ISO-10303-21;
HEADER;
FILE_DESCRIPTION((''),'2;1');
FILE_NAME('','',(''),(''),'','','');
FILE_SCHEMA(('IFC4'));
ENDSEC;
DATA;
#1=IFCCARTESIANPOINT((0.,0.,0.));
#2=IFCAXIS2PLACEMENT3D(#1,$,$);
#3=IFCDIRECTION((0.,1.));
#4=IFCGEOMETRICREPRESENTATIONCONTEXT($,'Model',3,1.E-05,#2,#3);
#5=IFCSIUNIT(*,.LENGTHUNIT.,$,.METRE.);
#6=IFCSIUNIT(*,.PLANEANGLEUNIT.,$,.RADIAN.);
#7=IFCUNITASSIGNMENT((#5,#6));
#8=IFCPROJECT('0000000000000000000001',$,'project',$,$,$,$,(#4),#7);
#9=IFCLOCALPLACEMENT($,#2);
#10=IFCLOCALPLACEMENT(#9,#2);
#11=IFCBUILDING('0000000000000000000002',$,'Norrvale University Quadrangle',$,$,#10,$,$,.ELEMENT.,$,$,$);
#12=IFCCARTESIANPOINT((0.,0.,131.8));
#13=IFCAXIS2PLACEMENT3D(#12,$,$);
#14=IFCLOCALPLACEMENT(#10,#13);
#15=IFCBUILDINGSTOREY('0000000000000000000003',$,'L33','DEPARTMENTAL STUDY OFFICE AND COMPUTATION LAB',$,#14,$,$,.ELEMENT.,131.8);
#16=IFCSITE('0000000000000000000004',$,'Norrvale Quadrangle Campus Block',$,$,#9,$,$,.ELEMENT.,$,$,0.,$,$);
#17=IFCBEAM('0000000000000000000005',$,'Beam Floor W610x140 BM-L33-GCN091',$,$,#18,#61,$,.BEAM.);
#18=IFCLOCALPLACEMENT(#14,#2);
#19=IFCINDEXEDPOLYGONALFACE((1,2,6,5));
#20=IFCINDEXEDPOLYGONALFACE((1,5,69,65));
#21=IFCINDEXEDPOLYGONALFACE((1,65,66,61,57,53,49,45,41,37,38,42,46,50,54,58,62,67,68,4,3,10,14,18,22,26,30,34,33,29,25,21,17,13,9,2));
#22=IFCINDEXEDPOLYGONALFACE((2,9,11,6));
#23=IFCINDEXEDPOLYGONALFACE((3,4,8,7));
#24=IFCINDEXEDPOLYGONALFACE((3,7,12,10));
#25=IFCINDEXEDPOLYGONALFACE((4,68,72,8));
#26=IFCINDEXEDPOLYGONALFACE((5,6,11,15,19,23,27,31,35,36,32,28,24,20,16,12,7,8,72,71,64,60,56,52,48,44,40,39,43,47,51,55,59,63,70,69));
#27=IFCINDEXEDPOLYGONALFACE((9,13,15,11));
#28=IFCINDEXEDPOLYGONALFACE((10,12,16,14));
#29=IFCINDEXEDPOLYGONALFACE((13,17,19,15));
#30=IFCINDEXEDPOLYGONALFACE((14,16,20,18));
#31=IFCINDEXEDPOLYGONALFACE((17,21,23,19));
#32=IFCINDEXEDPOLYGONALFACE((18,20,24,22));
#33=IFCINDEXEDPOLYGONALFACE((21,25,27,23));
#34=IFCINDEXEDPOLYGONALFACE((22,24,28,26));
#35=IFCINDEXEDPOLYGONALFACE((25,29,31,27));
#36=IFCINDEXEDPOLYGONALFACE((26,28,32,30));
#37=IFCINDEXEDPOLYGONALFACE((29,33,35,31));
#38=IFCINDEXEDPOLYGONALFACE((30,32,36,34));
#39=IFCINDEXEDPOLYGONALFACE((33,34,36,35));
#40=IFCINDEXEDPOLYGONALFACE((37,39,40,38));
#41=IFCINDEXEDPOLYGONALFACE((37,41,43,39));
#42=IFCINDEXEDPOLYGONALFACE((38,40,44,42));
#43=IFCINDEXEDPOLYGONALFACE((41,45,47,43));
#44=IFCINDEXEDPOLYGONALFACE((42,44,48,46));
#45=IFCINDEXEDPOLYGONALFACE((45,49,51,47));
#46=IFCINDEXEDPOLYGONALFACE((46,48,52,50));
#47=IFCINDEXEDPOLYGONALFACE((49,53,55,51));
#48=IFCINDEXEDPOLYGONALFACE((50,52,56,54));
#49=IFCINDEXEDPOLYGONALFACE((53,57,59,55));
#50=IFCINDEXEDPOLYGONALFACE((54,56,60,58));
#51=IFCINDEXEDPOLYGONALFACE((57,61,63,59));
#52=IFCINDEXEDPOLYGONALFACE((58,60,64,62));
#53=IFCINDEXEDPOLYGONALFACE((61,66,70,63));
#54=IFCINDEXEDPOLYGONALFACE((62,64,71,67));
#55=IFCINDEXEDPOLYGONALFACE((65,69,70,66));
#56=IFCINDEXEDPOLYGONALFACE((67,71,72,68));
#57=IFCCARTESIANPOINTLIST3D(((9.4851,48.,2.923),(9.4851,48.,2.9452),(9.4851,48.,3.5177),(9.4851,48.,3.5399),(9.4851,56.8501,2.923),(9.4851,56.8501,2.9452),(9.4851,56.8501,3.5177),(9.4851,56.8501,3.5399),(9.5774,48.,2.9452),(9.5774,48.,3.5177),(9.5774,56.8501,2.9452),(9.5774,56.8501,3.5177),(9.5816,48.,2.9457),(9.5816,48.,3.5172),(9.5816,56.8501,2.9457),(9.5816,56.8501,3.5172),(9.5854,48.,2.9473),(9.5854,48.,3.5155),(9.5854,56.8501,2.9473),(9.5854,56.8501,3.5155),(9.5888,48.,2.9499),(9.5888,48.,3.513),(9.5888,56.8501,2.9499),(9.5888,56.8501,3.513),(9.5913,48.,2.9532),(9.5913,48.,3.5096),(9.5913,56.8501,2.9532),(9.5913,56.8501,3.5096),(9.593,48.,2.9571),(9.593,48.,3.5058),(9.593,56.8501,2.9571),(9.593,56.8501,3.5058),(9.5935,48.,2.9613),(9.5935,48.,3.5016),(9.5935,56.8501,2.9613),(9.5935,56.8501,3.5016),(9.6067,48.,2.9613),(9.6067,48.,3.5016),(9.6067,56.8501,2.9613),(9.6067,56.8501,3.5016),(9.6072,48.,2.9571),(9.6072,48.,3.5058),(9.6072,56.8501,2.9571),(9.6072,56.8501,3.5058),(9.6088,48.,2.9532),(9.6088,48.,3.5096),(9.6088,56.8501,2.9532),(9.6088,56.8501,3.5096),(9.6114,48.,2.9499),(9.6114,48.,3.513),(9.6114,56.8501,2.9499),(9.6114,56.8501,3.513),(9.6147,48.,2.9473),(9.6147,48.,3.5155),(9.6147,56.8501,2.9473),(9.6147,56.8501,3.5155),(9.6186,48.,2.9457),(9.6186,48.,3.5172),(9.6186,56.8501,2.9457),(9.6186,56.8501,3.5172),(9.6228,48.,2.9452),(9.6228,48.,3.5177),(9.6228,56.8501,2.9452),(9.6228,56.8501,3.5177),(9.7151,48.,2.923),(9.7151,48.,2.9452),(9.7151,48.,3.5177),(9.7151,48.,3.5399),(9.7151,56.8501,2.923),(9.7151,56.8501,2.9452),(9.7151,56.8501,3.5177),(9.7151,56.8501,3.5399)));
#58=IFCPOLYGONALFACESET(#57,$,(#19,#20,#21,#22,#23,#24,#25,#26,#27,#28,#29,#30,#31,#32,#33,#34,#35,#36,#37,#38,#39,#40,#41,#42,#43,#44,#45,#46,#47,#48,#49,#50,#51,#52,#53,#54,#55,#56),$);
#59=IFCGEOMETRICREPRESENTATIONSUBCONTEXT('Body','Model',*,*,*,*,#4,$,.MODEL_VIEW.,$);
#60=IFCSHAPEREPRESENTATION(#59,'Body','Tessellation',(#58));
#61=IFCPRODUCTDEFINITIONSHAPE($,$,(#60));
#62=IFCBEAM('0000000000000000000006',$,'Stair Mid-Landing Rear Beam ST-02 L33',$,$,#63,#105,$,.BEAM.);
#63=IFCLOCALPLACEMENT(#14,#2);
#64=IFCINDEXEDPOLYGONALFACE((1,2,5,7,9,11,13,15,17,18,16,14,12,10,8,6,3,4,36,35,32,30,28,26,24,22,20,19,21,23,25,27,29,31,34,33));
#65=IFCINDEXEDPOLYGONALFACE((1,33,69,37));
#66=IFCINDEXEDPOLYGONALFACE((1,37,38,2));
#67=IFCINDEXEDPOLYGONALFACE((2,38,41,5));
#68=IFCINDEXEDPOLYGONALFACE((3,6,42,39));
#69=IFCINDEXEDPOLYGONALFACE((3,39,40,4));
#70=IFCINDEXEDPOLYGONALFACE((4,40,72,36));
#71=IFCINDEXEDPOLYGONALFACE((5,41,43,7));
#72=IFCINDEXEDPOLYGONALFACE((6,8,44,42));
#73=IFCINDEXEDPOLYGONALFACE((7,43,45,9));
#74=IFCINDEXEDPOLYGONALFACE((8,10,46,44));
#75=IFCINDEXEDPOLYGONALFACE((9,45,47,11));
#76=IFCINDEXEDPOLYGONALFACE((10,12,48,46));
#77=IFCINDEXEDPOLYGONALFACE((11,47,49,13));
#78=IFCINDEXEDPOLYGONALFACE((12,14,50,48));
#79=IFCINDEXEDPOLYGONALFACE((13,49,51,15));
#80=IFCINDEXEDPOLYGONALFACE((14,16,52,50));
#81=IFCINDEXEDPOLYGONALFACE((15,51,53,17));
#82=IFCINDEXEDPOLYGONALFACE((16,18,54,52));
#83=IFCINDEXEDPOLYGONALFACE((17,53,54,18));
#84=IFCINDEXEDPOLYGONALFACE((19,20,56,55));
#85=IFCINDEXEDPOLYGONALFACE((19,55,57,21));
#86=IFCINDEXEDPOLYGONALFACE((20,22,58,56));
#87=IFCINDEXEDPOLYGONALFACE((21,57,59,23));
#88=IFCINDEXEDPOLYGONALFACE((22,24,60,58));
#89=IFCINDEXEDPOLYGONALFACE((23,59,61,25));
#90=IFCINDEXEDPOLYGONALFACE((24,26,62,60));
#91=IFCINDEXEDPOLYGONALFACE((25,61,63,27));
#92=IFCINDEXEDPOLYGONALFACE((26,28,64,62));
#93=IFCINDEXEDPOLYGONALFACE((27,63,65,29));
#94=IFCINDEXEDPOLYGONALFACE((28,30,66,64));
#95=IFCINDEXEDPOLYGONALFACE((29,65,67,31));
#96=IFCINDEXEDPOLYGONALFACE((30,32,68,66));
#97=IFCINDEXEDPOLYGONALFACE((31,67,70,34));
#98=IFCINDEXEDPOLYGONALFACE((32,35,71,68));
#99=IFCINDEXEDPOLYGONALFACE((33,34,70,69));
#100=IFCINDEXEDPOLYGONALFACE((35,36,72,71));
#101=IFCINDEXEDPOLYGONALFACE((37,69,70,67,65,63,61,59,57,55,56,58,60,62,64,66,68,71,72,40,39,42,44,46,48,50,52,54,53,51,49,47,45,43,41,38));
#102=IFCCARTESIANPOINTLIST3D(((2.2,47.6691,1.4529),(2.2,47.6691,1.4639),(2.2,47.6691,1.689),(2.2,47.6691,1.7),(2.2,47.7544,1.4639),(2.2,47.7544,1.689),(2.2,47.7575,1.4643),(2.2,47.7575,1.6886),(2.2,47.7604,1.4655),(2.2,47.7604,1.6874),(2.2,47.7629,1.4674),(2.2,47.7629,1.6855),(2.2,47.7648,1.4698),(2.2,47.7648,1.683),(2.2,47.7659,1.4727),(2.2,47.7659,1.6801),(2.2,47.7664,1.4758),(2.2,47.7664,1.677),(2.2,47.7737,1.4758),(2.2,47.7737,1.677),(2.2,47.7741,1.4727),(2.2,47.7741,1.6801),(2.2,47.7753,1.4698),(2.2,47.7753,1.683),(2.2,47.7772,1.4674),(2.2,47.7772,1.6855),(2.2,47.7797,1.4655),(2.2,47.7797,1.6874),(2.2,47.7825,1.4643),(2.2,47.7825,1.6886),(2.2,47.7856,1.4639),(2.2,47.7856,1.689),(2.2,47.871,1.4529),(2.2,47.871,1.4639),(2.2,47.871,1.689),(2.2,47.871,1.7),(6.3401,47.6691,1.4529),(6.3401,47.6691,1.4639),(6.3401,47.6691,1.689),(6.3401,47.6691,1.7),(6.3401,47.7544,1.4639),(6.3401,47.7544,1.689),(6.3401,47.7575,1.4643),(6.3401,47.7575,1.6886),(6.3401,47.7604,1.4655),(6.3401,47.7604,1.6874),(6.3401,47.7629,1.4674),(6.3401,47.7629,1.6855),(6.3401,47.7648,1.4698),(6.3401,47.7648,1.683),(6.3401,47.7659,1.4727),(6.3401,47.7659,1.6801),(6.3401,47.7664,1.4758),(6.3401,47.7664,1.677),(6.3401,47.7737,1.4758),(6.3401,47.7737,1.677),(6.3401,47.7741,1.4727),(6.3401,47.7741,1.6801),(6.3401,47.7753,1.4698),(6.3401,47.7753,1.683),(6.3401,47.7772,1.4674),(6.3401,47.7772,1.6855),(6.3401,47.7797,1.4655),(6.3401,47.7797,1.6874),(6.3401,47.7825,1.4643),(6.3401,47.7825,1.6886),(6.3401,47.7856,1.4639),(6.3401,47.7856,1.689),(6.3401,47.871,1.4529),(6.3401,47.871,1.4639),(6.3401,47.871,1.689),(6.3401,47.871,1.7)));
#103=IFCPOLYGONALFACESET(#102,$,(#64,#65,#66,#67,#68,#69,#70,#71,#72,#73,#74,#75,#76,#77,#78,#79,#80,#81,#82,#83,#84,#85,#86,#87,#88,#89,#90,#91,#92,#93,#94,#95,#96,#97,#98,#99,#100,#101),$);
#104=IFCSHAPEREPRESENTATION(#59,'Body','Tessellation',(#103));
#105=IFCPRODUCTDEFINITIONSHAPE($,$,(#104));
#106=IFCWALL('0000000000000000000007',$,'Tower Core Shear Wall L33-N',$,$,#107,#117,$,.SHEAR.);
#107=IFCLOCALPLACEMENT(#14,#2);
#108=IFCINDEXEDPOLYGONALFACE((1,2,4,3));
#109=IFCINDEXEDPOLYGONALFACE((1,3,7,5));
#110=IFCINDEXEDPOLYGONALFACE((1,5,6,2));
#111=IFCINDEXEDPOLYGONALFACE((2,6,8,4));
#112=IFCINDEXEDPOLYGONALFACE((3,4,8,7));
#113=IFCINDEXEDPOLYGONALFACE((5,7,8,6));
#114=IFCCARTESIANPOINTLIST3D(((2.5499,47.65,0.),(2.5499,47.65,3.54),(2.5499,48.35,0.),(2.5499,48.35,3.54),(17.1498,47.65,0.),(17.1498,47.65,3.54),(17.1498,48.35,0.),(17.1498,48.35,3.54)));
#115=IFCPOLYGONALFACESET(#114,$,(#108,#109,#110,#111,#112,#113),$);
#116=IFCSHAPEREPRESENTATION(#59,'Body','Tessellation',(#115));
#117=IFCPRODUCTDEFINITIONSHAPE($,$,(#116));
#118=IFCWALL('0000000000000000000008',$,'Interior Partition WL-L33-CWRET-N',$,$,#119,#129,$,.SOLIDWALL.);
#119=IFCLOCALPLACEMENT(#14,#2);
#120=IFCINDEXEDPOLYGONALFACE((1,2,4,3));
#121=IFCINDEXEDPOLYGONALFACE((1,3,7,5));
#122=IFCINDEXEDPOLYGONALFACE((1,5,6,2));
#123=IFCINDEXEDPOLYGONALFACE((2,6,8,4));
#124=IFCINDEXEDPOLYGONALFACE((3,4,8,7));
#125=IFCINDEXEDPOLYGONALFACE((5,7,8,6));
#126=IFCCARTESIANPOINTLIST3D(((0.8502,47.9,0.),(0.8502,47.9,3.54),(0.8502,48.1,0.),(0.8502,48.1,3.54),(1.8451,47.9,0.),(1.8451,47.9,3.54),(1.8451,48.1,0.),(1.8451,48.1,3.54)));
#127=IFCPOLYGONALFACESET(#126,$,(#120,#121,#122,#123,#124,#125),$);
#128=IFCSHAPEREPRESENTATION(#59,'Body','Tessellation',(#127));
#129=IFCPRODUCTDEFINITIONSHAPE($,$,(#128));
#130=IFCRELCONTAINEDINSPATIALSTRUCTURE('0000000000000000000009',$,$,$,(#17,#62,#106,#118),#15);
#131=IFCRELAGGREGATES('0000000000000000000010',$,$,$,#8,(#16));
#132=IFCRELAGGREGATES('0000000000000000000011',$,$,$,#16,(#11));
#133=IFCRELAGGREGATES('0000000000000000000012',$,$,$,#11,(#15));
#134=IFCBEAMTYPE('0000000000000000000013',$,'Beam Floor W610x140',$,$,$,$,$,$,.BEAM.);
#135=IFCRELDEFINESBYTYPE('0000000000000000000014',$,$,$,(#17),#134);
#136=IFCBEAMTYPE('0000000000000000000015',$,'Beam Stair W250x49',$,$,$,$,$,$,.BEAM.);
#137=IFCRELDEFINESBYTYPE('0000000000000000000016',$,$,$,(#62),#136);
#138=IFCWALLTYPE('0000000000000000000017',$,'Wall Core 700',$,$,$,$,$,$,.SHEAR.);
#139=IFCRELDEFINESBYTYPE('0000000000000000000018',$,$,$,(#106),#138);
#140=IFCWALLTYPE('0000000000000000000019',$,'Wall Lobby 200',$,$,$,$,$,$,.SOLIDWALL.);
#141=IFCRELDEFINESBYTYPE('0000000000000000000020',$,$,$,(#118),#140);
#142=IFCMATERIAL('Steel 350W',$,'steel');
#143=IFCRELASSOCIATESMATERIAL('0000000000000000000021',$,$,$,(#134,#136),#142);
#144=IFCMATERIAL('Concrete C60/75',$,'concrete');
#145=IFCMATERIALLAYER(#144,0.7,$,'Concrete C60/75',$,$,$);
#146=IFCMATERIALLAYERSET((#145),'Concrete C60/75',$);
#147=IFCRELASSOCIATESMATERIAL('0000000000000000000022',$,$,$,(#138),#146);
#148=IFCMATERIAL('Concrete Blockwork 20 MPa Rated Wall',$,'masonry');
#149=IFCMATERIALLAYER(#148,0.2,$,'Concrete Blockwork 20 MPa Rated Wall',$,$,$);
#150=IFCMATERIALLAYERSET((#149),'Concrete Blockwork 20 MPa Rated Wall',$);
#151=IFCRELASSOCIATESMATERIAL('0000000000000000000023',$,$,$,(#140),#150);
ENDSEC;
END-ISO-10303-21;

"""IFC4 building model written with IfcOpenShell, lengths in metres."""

from ifc_helpers import new_model, si_unit, direction, frame, frame_2d, origin, origin_2d, place, context, subcontext, project, spatial, rectangle, i_section, extrude, material, layer, layer_set, material_profile, profile_set, type_object, element, save


model = new_model("IFC4")

# Units and contexts
model_context = context("Model", 3, precision=1e-05, world=origin(), true_north=direction((0.0, 1.0)))
body_context = subcontext(model_context, "Body", "Model", "MODEL_VIEW")
ifc_project = project(units=[si_unit("LENGTHUNIT", "METRE"), si_unit("PLANEANGLEUNIT", "RADIAN")], contexts=[model_context])

# Site, building, storey
site_placement = place(None, origin())
site = spatial("IfcSite", under=ifc_project, at=site_placement, Name="Norrvale Quadrangle Campus Block", CompositionType="ELEMENT", RefElevation=0.0)
building_placement = place(site_placement, origin())
building = spatial("IfcBuilding", under=site, at=building_placement, Name="Norrvale University Quadrangle", CompositionType="ELEMENT")
storey_placement = place(building_placement, frame((0.0, 0.0, 131.8)))
storey = spatial("IfcBuildingStorey", under=building, at=storey_placement, Name="L33", Description="DEPARTMENTAL STUDY OFFICE AND COMPUTATION LAB", CompositionType="ELEMENT", Elevation=131.8)

# Shared definitions
ifc_material_1 = material(Name="Concrete C60/75", Category="concrete")

# Beams
ifc_material_2 = material(Name="Steel 350W", Category="steel")
ifc_material_profile_1 = material_profile(ifc_material_2, i_section(OverallWidth=0.23, OverallDepth=0.6169, WebThickness=0.0132, FlangeThickness=0.0222, FilletRadius=0.0161, at=origin_2d()), Name="Steel 350W")
ifc_profile_set_1 = profile_set([ifc_material_profile_1], Name="Steel 350W")
beam_type_1 = type_object("IfcBeamType", Name="Beam Floor W610x140", PredefinedType="BEAM", material=ifc_profile_set_1)
beam_1_placement = place(storey_placement, frame((9.6001, 48.0, 3.2314), z_axis=(0.0, 1.0, 0.0), x_axis=(-1.0, 0.0, 0.0)))
element("IfcBeam", 1, at=beam_1_placement, inside=storey, type_object=beam_type_1, Name="Beam Floor W610x140 BM-L33-GCN091", PredefinedType="BEAM", context=body_context, shape_type="SweptSolid", body=[
    extrude(i_section(OverallWidth=0.23, OverallDepth=0.6169, WebThickness=0.0132, FlangeThickness=0.0222, FilletRadius=0.0161, at=origin_2d()), origin(), (0.0, 0.0, 1.0), 8.8501),
])
ifc_material_profile_2 = material_profile(ifc_material_2, i_section(OverallWidth=0.2019, OverallDepth=0.2471, WebThickness=0.0073, FlangeThickness=0.011, FilletRadius=0.012, at=origin_2d()), Name="Steel 350W")
ifc_profile_set_2 = profile_set([ifc_material_profile_2], Name="Steel 350W")
beam_type_2 = type_object("IfcBeamType", Name="Beam Stair W250x49", PredefinedType="BEAM", material=ifc_profile_set_2)
beam_2_placement = place(storey_placement, frame((2.2, 47.77, 1.5764), z_axis=(1.0, 0.0, 0.0), x_axis=(0.0, 1.0, 0.0)))
element("IfcBeam", 2, at=beam_2_placement, inside=storey, type_object=beam_type_2, Name="Stair Mid-Landing Rear Beam ST-02 L33", PredefinedType="BEAM", context=body_context, shape_type="SweptSolid", body=[
    extrude(i_section(OverallWidth=0.2019, OverallDepth=0.2471, WebThickness=0.0073, FlangeThickness=0.011, FilletRadius=0.012, at=origin_2d()), origin(), (0.0, 0.0, 1.0), 4.1401),
])

# Wall
ifc_layer_1 = layer(ifc_material_1, 0.7, Name="Concrete C60/75")
ifc_layer_set_1 = layer_set([ifc_layer_1], Name="Concrete C60/75")
wall_type_1 = type_object("IfcWallType", Name="Wall Core 700", PredefinedType="SHEAR", material=ifc_layer_set_1)
wall_1_placement = place(storey_placement, frame((2.55, 48.0, 0.0), z_axis=(0.0, 0.0, 1.0), x_axis=(1.0, 0.0, 0.0)))
element("IfcWall", 3, at=wall_1_placement, inside=storey, type_object=wall_type_1, Name="Tower Core Shear Wall L33-N", PredefinedType="SHEAR", context=body_context, shape_type="SweptSolid", body=[
    extrude(rectangle(XDim=14.5999, YDim=0.7, at=frame_2d((7.2998, 0.0))), origin(), (0.0, 0.0, 1.0), 3.54),
])

# Wall
ifc_material_3 = material(Name="Concrete Blockwork 20 MPa Rated Wall", Category="masonry")
ifc_layer_2 = layer(ifc_material_3, 0.2, Name="Concrete Blockwork 20 MPa Rated Wall")
ifc_layer_set_2 = layer_set([ifc_layer_2], Name="Concrete Blockwork 20 MPa Rated Wall")
wall_type_2 = type_object("IfcWallType", Name="Wall Lobby 200", PredefinedType="SOLIDWALL", material=ifc_layer_set_2)
wall_2_placement = place(storey_placement, frame((0.8501, 48.0, 0.0), z_axis=(0.0, 0.0, 1.0), x_axis=(1.0, 0.0, 0.0)))
element("IfcWall", 4, at=wall_2_placement, inside=storey, type_object=wall_type_2, Name="Interior Partition WL-L33-CWRET-N", PredefinedType="SOLIDWALL", context=body_context, shape_type="SweptSolid", body=[
    extrude(rectangle(XDim=0.9949, YDim=0.2, at=frame_2d((0.4976, 0.0))), origin(), (0.0, 0.0, 1.0), 3.54),
])

save(model, "model.ifc")
